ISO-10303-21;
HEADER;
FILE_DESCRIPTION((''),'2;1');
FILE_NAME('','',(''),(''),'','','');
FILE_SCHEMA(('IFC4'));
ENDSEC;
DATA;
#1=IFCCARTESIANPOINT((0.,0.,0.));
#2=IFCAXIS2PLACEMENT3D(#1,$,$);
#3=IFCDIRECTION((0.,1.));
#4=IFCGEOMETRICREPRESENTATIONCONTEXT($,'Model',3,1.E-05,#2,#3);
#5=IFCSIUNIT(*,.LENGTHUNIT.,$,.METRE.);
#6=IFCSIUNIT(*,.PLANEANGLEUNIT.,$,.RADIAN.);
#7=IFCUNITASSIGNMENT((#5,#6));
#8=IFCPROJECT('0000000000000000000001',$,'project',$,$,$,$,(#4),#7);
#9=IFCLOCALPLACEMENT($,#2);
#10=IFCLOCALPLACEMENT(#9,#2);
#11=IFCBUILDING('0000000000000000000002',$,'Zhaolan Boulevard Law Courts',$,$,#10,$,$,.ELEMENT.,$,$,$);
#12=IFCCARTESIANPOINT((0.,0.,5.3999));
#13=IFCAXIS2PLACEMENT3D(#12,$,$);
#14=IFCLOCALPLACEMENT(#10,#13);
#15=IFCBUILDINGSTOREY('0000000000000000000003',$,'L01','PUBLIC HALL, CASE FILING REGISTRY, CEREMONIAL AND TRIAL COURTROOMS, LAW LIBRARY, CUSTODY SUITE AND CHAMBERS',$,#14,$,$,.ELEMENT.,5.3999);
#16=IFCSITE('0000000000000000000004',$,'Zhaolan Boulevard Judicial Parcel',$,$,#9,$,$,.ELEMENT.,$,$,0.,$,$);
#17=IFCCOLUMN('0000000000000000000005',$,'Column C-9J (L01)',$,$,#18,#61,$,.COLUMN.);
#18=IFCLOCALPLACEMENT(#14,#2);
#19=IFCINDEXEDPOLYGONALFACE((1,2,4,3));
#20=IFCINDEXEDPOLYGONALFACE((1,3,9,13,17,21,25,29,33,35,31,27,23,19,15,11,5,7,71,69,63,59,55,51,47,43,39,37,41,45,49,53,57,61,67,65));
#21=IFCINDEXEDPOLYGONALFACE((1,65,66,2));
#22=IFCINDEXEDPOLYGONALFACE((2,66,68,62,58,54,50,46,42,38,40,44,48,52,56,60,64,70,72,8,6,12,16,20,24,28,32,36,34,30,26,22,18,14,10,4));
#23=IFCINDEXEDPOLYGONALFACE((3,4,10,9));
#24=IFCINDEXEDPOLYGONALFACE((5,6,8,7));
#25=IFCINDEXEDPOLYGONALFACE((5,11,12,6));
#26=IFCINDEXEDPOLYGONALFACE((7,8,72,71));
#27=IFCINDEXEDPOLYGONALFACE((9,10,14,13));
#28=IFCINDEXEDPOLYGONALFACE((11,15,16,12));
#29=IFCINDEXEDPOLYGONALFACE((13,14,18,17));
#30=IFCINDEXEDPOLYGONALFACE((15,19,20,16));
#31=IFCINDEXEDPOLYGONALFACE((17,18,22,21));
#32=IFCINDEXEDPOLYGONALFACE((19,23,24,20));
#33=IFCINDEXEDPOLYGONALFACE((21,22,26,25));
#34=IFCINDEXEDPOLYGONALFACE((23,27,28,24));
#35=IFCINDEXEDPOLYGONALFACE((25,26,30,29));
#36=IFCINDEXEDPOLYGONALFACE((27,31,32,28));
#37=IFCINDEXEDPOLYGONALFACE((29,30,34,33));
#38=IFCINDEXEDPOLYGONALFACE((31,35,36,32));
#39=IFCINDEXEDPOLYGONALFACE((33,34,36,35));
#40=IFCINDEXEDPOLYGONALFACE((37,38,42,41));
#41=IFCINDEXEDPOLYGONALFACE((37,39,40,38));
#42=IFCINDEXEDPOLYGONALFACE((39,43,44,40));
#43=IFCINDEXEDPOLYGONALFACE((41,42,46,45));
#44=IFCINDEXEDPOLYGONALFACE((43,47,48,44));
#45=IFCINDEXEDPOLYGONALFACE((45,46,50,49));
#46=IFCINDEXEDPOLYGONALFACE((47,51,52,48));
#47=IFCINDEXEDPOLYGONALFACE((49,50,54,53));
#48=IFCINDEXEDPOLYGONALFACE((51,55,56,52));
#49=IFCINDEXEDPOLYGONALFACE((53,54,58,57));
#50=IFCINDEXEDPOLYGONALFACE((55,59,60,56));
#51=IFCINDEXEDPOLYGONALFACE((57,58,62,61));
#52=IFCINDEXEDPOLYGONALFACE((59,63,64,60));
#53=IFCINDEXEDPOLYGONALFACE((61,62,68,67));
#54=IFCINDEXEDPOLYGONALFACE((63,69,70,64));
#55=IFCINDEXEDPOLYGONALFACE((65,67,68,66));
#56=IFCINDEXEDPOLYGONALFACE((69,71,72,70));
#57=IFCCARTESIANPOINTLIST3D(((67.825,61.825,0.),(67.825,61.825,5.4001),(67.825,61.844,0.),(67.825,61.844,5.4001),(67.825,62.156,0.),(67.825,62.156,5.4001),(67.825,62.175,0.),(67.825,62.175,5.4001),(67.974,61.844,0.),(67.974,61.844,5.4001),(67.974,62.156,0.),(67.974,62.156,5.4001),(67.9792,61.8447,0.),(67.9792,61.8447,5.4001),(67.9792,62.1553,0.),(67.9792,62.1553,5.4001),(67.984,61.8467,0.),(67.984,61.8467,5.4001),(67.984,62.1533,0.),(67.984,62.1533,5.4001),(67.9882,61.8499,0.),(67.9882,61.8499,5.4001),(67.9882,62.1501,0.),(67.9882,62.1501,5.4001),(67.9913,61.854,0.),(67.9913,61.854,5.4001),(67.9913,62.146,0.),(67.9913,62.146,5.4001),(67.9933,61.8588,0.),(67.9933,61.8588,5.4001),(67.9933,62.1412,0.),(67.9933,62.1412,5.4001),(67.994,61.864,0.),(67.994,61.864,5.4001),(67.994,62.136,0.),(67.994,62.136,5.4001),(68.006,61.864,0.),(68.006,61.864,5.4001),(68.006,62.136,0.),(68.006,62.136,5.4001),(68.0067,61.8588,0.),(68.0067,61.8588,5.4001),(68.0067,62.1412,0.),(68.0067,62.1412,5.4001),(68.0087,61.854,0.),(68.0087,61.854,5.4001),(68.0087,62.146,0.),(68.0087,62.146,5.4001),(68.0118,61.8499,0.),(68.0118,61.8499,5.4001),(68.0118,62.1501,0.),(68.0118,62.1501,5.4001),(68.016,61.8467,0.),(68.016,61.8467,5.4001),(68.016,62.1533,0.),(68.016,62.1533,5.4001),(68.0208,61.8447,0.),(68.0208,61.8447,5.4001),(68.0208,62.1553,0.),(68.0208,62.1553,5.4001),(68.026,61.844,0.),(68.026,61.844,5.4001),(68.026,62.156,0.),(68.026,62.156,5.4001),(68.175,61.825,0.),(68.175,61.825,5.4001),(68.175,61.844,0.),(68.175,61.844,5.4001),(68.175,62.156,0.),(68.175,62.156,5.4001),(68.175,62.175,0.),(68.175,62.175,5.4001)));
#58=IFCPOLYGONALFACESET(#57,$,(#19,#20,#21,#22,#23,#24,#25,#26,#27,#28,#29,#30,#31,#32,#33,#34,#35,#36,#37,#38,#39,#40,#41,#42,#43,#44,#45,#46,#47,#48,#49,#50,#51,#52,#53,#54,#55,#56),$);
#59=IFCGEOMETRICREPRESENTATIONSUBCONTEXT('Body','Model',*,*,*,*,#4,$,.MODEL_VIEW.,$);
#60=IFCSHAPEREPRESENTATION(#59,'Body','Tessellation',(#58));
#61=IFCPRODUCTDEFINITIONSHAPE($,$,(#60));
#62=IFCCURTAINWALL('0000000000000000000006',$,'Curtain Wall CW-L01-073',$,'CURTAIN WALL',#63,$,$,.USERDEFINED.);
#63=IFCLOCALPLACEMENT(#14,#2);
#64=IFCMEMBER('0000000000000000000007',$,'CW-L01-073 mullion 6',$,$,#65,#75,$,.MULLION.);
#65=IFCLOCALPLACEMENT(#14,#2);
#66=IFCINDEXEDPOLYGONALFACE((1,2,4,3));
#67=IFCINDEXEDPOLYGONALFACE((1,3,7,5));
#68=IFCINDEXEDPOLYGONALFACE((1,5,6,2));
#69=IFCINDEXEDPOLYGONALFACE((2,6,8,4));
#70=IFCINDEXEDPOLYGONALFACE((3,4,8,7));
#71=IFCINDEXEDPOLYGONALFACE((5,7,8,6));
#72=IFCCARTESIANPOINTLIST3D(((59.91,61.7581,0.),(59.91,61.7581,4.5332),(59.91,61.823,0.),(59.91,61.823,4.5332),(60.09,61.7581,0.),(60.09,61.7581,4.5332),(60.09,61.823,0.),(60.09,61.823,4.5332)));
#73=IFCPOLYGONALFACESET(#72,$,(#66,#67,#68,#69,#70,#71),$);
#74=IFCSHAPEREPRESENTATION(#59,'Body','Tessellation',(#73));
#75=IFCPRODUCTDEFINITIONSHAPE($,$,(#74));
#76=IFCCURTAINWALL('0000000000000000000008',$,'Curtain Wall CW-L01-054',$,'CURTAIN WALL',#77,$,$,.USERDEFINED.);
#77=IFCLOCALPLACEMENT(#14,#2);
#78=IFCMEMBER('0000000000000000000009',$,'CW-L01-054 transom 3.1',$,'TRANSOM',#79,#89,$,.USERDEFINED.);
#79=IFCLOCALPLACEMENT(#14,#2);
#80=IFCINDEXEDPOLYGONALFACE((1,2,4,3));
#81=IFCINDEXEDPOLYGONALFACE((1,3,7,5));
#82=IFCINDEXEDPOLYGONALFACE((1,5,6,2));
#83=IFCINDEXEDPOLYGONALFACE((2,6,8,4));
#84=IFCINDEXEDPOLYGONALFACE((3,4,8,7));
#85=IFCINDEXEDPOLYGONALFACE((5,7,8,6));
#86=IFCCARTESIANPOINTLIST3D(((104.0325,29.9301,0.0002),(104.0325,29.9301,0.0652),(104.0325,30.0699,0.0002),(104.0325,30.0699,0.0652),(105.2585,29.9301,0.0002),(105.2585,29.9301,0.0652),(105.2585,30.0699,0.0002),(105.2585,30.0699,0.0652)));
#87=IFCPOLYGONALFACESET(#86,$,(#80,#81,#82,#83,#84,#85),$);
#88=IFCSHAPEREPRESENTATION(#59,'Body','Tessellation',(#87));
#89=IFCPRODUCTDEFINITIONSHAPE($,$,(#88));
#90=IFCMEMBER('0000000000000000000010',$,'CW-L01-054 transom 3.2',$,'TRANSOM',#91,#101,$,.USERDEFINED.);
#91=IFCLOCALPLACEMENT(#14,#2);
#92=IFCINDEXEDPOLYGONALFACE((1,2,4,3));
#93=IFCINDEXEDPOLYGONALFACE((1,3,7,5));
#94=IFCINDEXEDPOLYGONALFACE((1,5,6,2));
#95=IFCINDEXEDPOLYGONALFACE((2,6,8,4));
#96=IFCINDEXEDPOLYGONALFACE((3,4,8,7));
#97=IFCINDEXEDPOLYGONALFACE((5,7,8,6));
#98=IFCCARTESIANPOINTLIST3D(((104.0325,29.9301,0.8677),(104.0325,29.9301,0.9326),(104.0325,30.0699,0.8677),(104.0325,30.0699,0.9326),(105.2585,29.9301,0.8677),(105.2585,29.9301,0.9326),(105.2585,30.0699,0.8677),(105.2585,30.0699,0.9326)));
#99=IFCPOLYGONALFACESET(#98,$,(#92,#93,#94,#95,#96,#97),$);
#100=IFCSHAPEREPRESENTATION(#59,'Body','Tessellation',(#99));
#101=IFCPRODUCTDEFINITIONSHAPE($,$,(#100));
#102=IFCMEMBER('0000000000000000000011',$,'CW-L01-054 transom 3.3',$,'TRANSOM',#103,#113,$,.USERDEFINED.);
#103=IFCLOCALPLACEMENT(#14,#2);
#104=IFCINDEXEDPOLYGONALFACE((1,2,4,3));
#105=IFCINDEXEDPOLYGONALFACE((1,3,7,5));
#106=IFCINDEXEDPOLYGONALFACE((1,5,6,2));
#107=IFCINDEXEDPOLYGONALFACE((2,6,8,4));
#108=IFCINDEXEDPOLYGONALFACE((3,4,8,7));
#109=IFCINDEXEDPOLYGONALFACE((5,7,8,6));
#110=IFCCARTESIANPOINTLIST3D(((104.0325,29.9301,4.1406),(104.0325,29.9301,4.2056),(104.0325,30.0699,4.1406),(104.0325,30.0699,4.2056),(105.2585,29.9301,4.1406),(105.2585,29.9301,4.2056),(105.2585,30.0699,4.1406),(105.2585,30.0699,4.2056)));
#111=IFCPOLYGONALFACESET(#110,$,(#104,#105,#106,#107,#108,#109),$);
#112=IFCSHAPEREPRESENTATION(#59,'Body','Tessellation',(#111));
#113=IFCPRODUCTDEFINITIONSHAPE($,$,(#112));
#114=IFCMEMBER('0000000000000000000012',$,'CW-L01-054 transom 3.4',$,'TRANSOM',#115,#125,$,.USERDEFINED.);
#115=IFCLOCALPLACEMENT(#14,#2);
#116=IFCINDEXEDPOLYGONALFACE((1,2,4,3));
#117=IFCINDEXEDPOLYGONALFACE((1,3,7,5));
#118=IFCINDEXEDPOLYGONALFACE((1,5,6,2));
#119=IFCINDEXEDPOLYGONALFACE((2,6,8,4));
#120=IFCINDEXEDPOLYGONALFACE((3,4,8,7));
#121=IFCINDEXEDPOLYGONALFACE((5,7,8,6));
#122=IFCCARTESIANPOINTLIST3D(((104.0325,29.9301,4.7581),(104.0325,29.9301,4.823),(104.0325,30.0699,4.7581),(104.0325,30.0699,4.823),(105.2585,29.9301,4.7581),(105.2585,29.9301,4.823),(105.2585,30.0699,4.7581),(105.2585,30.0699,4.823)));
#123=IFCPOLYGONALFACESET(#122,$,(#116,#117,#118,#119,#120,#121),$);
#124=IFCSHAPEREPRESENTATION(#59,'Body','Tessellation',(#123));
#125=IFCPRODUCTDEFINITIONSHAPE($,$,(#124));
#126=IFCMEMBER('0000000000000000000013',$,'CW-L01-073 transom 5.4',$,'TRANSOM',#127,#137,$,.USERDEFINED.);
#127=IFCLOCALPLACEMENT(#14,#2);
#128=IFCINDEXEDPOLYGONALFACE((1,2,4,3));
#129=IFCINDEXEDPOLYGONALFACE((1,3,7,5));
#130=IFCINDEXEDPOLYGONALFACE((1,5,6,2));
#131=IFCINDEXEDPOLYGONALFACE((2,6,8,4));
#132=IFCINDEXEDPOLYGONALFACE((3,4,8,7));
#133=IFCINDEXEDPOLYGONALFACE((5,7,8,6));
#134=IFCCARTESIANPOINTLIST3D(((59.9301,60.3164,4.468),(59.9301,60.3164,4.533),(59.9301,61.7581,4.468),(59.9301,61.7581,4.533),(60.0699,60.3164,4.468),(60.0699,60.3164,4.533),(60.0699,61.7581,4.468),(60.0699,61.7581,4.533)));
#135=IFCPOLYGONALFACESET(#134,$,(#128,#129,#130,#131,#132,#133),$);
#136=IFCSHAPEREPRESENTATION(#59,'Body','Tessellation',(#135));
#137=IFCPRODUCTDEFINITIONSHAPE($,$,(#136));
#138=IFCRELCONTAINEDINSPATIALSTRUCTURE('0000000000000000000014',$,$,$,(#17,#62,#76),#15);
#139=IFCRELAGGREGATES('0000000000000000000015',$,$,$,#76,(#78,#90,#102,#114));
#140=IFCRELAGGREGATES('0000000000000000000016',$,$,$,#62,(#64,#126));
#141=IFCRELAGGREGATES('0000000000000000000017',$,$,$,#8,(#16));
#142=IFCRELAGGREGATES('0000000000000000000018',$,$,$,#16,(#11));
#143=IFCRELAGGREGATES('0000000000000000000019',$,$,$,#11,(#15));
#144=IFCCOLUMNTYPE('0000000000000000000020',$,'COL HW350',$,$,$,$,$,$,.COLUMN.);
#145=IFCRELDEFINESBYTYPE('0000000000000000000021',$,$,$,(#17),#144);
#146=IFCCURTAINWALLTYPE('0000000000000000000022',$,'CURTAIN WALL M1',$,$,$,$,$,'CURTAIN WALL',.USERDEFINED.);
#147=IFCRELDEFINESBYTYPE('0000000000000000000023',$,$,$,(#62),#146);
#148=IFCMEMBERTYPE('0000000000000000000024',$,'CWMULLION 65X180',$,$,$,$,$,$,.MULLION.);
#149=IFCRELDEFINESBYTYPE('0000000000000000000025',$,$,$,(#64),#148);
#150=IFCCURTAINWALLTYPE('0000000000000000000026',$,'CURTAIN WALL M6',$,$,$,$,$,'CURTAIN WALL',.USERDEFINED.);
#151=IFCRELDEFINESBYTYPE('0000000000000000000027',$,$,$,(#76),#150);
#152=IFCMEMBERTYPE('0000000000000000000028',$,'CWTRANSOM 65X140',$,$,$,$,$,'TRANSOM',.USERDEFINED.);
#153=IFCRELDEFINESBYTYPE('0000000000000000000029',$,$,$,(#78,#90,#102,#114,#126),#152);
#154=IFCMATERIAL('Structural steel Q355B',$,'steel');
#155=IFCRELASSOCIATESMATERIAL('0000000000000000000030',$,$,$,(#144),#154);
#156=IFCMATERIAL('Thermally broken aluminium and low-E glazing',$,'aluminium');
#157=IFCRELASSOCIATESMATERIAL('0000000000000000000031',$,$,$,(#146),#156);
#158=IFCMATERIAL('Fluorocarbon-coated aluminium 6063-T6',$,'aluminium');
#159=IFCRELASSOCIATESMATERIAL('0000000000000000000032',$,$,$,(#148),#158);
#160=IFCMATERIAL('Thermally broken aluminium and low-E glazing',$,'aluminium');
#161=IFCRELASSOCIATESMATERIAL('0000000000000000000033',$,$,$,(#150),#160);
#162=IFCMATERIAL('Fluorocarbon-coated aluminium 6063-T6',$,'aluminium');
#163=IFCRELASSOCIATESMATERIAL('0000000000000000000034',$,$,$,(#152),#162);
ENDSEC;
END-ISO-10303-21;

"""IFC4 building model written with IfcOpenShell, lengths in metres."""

from ifc_helpers import new_model, si_unit, direction, frame, origin, origin_2d, place, context, subcontext, project, spatial, rectangle, i_section, extrude, material, material_profile, profile_set, type_object, element, aggregate, save


model = new_model("IFC4")

# Units and contexts
model_context = context("Model", 3, precision=1e-05, world=origin(), true_north=direction((0.0, 1.0)))
body_context = subcontext(model_context, "Body", "Model", "MODEL_VIEW")
ifc_project = project(units=[si_unit("LENGTHUNIT", "METRE"), si_unit("PLANEANGLEUNIT", "RADIAN")], contexts=[model_context])

# Site, building, storey
site_placement = place(None, origin())
site = spatial("IfcSite", under=ifc_project, at=site_placement, Name="Zhaolan Boulevard Judicial Parcel", CompositionType="ELEMENT", RefElevation=0.0)
building_placement = place(site_placement, origin())
building = spatial("IfcBuilding", under=site, at=building_placement, Name="Zhaolan Boulevard Law Courts", CompositionType="ELEMENT")
storey_placement = place(building_placement, frame((0.0, 0.0, 5.3999)))
storey = spatial("IfcBuildingStorey", under=building, at=storey_placement, Name="L01", Description="PUBLIC HALL, CASE FILING REGISTRY, CEREMONIAL AND TRIAL COURTROOMS, LAW LIBRARY, CUSTODY SUITE AND CHAMBERS", CompositionType="ELEMENT", Elevation=5.3999)

# Column
ifc_material_1 = material(Name="Structural steel Q355B", Category="steel")
ifc_material_profile_1 = material_profile(ifc_material_1, i_section(OverallWidth=0.3501, OverallDepth=0.3501, WebThickness=0.012, FlangeThickness=0.019, FilletRadius=0.02, at=origin_2d()), Name="HW350x350")
ifc_profile_set_1 = profile_set([ifc_material_profile_1], Name="Structural steel Q355B")
column_type = type_object("IfcColumnType", Name="COL HW350", PredefinedType="COLUMN", material=ifc_profile_set_1)
column_placement = place(storey_placement, frame((68.0, 62.0, 0.0), z_axis=(0.0, 0.0, 1.0), x_axis=(1.0, 0.0, 0.0)))
element("IfcColumn", 1, at=column_placement, inside=storey, type_object=column_type, Name="Column C-9J (L01)", PredefinedType="COLUMN", context=body_context, shape_type="SweptSolid", body=[
    extrude(i_section(OverallWidth=0.3501, OverallDepth=0.3501, WebThickness=0.012, FlangeThickness=0.019, FilletRadius=0.02, at=origin_2d()), origin(), (0.0, 0.0, 1.0), 5.4001),
])

# Curtain wall, member
ifc_material_2 = material(Name="Thermally broken aluminium and low-E glazing", Category="aluminium")
curtain_wall_type_1 = type_object("IfcCurtainWallType", Name="CURTAIN WALL M1", ElementType="CURTAIN WALL", PredefinedType="USERDEFINED", material=ifc_material_2)
curtain_wall_1_placement = place(storey_placement, origin())
curtain_wall_1 = element("IfcCurtainWall", 2, at=curtain_wall_1_placement, inside=storey, type_object=curtain_wall_type_1, Name="Curtain Wall CW-L01-073", ObjectType="CURTAIN WALL", PredefinedType="USERDEFINED")
ifc_material_3 = material(Name="Fluorocarbon-coated aluminium 6063-T6", Category="aluminium")
ifc_material_profile_2 = material_profile(ifc_material_3, rectangle(XDim=0.1799, YDim=0.0649, at=origin_2d()), Name="AL65x180")
ifc_profile_set_2 = profile_set([ifc_material_profile_2], Name="Fluorocarbon-coated aluminium 6063-T6")
member_type_1 = type_object("IfcMemberType", Name="CWMULLION 65X180", PredefinedType="MULLION", material=ifc_profile_set_2)
member_1_placement = place(storey_placement, frame((60.0, 61.7905, 0.0), z_axis=(0.0, 0.0, 1.0), x_axis=(-1.0, 0.0, 0.0)))
member_1 = element("IfcMember", 3, at=member_1_placement, type_object=member_type_1, Name="CW-L01-073 mullion 6", PredefinedType="MULLION", context=body_context, shape_type="SweptSolid", body=[
    extrude(rectangle(XDim=0.1799, YDim=0.0649, at=origin_2d()), origin(), (0.0, 0.0, 1.0), 4.5332),
])

# Curtain wall, members
ifc_material_4 = material(Name="Thermally broken aluminium and low-E glazing", Category="aluminium")
curtain_wall_type_2 = type_object("IfcCurtainWallType", Name="CURTAIN WALL M6", ElementType="CURTAIN WALL", PredefinedType="USERDEFINED", material=ifc_material_4)
curtain_wall_2_placement = place(storey_placement, origin())
curtain_wall_2 = element("IfcCurtainWall", 4, at=curtain_wall_2_placement, inside=storey, type_object=curtain_wall_type_2, Name="Curtain Wall CW-L01-054", ObjectType="CURTAIN WALL", PredefinedType="USERDEFINED")
ifc_material_5 = material(Name="Fluorocarbon-coated aluminium 6063-T6", Category="aluminium")
ifc_material_profile_3 = material_profile(ifc_material_5, rectangle(XDim=0.1399, YDim=0.0649, at=origin_2d()), Name="AL65x140")
ifc_profile_set_3 = profile_set([ifc_material_profile_3], Name="Fluorocarbon-coated aluminium 6063-T6")
member_type_2 = type_object("IfcMemberType", Name="CWTRANSOM 65X140", ElementType="TRANSOM", PredefinedType="USERDEFINED", material=ifc_profile_set_3)
member_2_placement = place(storey_placement, frame((105.2585, 30.0, 0.0327), z_axis=(-1.0, 0.0, 0.0), x_axis=(0.0, -1.0, 0.0)))
member_2 = element("IfcMember", 5, at=member_2_placement, type_object=member_type_2, Name="CW-L01-054 transom 3.1", ObjectType="TRANSOM", PredefinedType="USERDEFINED", context=body_context, shape_type="SweptSolid", body=[
    extrude(rectangle(XDim=0.1399, YDim=0.0649, at=origin_2d()), origin(), (0.0, 0.0, 1.0), 1.2261),
])
member_3_placement = place(storey_placement, frame((105.2585, 30.0, 0.9001), z_axis=(-1.0, 0.0, 0.0), x_axis=(0.0, -1.0, 0.0)))
member_3 = element("IfcMember", 6, at=member_3_placement, type_object=member_type_2, Name="CW-L01-054 transom 3.2", ObjectType="TRANSOM", PredefinedType="USERDEFINED", context=body_context, shape_type="SweptSolid", body=[
    extrude(rectangle(XDim=0.1399, YDim=0.0649, at=origin_2d()), origin(), (0.0, 0.0, 1.0), 1.2261),
])
member_4_placement = place(storey_placement, frame((105.2585, 30.0, 4.1731), z_axis=(-1.0, 0.0, 0.0), x_axis=(0.0, -1.0, 0.0)))
member_4 = element("IfcMember", 7, at=member_4_placement, type_object=member_type_2, Name="CW-L01-054 transom 3.3", ObjectType="TRANSOM", PredefinedType="USERDEFINED", context=body_context, shape_type="SweptSolid", body=[
    extrude(rectangle(XDim=0.1399, YDim=0.0649, at=origin_2d()), origin(), (0.0, 0.0, 1.0), 1.2261),
])
member_5_placement = place(storey_placement, frame((105.2585, 30.0, 4.7905), z_axis=(-1.0, 0.0, 0.0), x_axis=(0.0, -1.0, 0.0)))
member_5 = element("IfcMember", 8, at=member_5_placement, type_object=member_type_2, Name="CW-L01-054 transom 3.4", ObjectType="TRANSOM", PredefinedType="USERDEFINED", context=body_context, shape_type="SweptSolid", body=[
    extrude(rectangle(XDim=0.1399, YDim=0.0649, at=origin_2d()), origin(), (0.0, 0.0, 1.0), 1.2261),
])

# Member
member_6_placement = place(storey_placement, frame((60.0, 60.3164, 4.5005), z_axis=(0.0, 1.0, 0.0), x_axis=(-1.0, 0.0, 0.0)))
member_6 = element("IfcMember", 9, at=member_6_placement, type_object=member_type_2, Name="CW-L01-073 transom 5.4", ObjectType="TRANSOM", PredefinedType="USERDEFINED", context=body_context, shape_type="SweptSolid", body=[
    extrude(rectangle(XDim=0.1399, YDim=0.0649, at=origin_2d()), origin(), (0.0, 0.0, 1.0), 1.4417),
])

aggregate(curtain_wall_2, [member_2, member_3, member_4, member_5])
aggregate(curtain_wall_1, [member_1, member_6])

save(model, "model.ifc")
